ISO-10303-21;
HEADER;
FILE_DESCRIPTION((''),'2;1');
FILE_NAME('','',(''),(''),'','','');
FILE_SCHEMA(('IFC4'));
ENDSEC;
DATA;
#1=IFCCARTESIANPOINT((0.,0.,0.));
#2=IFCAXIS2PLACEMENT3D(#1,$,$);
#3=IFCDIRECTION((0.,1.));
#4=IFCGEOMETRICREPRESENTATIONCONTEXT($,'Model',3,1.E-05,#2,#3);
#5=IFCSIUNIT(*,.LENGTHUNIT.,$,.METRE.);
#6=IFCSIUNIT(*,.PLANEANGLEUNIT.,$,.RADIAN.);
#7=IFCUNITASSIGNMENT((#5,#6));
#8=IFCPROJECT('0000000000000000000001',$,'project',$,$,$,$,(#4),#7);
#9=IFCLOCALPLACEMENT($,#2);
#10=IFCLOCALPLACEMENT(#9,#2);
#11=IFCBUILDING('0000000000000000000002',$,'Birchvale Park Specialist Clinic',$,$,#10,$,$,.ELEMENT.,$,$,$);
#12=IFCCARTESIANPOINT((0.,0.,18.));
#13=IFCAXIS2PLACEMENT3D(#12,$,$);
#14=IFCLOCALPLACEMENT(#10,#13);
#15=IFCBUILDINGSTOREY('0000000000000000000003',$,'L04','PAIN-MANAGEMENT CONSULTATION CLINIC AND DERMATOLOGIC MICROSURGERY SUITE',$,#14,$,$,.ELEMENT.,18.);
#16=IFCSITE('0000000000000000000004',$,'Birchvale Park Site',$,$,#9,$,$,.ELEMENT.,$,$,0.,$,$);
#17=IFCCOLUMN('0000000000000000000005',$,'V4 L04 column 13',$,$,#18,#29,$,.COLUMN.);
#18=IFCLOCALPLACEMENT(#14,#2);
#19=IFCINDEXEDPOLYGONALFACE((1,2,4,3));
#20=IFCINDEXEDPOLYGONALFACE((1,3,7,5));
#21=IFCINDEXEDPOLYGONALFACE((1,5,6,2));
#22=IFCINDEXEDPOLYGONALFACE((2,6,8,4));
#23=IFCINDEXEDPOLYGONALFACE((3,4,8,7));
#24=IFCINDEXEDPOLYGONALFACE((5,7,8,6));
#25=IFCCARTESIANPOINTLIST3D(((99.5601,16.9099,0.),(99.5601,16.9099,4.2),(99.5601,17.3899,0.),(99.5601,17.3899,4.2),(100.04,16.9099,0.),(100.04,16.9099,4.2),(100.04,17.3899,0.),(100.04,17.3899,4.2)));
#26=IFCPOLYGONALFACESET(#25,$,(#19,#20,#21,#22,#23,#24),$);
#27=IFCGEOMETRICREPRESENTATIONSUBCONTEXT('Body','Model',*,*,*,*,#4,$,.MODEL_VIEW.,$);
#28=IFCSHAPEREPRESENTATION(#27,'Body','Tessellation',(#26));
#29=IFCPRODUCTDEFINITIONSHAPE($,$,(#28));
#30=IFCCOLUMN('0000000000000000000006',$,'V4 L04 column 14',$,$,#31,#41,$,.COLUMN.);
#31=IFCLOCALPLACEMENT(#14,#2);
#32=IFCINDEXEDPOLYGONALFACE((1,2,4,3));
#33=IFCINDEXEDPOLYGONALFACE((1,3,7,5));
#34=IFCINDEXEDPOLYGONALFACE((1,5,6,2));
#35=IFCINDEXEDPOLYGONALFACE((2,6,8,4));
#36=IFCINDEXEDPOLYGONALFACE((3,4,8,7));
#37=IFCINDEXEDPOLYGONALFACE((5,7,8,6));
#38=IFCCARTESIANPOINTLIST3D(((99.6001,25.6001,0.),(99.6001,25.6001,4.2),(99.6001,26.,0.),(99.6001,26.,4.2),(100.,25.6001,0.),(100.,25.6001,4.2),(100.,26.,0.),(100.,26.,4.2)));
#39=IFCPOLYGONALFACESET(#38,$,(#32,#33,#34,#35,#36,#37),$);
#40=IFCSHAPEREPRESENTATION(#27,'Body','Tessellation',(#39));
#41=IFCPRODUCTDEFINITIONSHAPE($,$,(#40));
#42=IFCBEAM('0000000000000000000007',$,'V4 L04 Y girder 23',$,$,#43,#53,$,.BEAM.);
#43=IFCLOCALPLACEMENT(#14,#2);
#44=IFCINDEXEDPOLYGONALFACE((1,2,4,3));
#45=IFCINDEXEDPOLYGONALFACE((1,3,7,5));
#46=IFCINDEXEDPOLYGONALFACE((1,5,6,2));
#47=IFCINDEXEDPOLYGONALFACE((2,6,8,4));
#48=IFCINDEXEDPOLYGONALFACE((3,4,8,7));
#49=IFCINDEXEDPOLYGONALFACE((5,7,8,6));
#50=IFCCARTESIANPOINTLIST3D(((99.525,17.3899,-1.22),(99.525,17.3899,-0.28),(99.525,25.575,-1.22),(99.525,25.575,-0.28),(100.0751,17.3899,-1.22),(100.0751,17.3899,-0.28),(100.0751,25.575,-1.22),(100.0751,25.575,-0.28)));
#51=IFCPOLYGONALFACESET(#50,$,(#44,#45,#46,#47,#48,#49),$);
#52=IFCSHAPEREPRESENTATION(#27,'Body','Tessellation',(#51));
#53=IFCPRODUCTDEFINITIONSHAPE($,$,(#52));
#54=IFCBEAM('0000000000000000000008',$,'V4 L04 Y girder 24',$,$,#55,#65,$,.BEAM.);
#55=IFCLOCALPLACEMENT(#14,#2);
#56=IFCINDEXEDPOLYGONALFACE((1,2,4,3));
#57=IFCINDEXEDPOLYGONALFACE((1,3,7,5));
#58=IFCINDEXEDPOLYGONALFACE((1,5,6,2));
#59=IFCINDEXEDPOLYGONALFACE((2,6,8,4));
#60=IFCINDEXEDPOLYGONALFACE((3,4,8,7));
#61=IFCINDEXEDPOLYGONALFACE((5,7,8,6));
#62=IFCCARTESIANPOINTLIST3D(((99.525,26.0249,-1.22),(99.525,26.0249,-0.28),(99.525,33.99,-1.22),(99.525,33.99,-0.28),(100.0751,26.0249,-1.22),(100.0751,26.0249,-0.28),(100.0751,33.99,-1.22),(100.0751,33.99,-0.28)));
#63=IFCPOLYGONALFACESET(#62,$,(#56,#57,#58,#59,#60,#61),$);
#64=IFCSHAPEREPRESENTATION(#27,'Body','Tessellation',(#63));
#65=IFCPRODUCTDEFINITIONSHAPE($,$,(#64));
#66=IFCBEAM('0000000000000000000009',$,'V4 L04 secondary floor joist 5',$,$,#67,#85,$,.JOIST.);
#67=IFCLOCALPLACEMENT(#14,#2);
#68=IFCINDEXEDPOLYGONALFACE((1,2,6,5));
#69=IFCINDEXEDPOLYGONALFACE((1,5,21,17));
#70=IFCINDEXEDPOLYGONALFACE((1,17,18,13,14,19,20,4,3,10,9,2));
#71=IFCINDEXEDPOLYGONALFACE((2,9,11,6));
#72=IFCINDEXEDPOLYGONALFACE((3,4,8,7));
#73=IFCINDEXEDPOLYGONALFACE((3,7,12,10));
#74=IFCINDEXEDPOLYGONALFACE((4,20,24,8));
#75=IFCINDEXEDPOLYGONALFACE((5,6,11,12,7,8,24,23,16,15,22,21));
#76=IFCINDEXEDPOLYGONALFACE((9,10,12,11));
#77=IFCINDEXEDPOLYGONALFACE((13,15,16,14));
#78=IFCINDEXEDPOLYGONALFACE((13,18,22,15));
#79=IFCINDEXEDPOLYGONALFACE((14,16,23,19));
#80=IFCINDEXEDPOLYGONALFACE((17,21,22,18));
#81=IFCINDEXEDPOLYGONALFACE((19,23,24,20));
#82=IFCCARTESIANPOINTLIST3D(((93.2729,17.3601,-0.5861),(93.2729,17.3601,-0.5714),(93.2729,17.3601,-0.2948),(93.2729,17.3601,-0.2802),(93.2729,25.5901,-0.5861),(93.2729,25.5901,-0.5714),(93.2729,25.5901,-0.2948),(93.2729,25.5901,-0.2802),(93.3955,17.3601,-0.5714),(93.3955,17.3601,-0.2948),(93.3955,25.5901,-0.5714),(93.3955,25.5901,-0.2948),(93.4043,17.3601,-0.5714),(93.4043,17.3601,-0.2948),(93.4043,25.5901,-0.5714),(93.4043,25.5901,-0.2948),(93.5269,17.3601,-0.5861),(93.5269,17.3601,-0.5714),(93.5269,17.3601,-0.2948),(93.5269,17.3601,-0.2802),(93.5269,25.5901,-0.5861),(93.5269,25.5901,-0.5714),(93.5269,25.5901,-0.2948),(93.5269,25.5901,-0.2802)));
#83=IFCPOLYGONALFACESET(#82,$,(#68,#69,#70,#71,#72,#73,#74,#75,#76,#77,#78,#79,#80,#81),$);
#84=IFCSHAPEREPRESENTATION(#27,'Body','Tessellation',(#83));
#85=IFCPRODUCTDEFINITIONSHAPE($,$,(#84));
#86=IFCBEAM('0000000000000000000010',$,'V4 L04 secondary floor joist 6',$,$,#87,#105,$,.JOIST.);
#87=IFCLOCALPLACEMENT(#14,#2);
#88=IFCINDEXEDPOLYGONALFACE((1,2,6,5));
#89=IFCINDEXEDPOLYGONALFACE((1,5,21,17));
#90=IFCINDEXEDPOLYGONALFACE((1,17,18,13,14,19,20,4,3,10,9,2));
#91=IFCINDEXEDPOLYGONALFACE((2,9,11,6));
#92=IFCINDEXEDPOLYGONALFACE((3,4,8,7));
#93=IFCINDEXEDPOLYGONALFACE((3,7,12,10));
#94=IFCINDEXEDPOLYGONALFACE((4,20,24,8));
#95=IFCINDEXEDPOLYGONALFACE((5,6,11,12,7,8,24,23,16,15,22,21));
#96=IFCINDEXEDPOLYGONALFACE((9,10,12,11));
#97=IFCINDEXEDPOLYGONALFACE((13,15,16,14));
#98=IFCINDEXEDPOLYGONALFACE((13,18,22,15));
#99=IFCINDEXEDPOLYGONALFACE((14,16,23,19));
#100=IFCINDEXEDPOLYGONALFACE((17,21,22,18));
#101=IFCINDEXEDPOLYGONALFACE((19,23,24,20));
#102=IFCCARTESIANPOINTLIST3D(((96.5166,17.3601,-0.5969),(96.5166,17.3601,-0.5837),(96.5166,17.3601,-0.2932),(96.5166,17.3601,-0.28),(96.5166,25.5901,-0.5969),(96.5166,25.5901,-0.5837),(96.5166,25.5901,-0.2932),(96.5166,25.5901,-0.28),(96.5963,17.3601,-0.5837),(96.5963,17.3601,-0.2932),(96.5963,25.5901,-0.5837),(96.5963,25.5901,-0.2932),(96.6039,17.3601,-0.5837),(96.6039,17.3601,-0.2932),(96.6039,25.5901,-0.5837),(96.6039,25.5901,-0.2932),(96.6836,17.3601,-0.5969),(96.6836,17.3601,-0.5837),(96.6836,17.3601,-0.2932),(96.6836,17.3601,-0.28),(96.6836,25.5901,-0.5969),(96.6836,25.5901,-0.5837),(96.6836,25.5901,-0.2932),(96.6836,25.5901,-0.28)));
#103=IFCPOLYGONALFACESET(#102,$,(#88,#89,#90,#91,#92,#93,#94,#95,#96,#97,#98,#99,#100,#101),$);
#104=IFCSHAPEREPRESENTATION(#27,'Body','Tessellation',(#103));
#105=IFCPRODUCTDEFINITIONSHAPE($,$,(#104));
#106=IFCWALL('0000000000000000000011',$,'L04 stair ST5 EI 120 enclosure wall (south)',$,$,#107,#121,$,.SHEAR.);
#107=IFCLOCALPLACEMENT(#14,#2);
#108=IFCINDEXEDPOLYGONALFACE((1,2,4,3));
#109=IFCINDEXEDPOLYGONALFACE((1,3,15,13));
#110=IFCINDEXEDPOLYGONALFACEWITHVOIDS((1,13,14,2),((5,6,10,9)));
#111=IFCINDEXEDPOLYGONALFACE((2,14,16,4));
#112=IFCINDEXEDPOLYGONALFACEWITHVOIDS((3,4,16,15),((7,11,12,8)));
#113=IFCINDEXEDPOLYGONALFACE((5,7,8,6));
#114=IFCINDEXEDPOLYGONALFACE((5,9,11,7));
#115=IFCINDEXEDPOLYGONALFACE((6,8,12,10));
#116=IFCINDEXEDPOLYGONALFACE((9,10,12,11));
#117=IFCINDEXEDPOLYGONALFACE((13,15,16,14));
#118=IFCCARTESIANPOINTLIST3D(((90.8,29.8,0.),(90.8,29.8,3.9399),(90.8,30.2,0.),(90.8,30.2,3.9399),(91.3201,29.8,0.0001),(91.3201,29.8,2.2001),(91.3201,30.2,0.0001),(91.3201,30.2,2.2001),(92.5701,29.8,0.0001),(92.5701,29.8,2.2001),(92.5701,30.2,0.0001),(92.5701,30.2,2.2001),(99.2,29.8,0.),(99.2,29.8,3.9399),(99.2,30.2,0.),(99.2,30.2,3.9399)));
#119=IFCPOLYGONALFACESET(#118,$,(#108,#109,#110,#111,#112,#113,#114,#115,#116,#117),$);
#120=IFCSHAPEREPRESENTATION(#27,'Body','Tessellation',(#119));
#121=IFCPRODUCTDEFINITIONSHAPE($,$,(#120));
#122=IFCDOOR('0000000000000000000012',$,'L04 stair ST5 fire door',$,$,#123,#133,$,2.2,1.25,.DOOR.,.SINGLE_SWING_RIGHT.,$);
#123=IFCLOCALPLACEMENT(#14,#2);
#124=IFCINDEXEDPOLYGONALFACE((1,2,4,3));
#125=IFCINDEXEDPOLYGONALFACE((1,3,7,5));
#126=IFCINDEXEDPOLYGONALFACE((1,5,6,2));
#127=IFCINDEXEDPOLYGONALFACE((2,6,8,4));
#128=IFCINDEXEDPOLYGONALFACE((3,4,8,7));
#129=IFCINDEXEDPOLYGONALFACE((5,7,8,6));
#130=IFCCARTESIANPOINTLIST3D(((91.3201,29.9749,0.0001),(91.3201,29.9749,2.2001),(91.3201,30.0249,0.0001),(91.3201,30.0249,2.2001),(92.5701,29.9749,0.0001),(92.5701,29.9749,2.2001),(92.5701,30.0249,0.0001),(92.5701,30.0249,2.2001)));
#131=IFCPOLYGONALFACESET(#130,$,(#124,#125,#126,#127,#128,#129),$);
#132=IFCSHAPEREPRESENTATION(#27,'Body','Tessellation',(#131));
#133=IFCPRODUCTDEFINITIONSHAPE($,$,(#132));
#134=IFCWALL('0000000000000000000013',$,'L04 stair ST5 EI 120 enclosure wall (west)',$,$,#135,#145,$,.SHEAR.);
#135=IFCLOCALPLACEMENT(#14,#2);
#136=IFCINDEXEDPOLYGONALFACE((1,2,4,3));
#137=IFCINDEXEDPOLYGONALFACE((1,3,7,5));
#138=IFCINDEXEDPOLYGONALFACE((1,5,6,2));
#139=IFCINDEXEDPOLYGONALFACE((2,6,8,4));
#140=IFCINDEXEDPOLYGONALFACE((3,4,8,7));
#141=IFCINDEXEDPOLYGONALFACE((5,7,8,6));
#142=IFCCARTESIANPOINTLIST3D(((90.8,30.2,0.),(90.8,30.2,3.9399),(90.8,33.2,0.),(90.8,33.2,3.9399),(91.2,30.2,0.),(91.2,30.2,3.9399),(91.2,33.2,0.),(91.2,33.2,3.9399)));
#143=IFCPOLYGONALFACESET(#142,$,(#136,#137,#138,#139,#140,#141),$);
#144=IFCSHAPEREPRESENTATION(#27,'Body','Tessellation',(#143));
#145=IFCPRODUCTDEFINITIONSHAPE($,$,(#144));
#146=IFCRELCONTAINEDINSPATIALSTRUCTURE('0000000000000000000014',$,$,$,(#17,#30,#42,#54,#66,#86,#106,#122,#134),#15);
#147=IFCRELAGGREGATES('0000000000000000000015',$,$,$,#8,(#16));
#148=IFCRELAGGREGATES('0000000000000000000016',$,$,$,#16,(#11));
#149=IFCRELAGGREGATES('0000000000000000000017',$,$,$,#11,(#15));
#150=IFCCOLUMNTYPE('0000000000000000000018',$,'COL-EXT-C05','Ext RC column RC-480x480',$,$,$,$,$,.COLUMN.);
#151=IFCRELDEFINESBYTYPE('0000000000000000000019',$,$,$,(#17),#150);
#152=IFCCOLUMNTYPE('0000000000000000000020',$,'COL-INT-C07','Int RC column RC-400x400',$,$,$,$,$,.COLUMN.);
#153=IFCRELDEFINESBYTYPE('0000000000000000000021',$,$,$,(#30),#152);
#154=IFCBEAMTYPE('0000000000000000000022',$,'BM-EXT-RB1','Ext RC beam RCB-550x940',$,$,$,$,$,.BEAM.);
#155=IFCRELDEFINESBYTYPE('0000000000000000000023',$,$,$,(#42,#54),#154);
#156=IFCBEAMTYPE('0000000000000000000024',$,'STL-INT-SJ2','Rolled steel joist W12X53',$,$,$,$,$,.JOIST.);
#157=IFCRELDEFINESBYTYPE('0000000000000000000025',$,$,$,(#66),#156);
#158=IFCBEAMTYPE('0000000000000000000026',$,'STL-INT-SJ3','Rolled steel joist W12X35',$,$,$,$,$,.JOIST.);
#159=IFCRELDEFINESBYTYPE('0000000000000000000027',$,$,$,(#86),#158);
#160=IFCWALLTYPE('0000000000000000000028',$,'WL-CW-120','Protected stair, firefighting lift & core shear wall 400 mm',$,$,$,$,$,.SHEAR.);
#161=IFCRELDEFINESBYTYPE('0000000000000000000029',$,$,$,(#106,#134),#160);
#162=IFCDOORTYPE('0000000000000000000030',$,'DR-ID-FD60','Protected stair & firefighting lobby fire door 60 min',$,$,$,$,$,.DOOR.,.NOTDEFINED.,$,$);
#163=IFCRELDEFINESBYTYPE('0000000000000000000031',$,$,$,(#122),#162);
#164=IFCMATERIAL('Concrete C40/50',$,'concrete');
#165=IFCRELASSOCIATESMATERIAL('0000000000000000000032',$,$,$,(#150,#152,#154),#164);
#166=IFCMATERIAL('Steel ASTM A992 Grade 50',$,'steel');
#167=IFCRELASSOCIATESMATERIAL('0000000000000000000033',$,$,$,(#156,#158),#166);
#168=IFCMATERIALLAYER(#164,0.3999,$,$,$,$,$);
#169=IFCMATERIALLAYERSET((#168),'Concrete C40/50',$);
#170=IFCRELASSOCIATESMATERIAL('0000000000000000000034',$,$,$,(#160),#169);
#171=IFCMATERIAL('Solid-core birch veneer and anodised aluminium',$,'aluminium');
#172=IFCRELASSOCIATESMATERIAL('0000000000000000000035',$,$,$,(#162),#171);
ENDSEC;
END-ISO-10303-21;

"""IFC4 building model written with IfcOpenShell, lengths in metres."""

from ifc_helpers import new_model, si_unit, direction, frame, frame_2d, origin, origin_2d, place, context, subcontext, project, spatial, rectangle, i_section, extrude, material, layer, layer_set, material_profile, profile_set, type_object, element, fill, save


model = new_model("IFC4")

# Units and contexts
model_context = context("Model", 3, precision=1e-05, world=origin(), true_north=direction((0.0, 1.0)))
body_context = subcontext(model_context, "Body", "Model", "MODEL_VIEW")
ifc_project = project(units=[si_unit("LENGTHUNIT", "METRE"), si_unit("PLANEANGLEUNIT", "RADIAN")], contexts=[model_context])

# Site, building, storey
site_placement = place(None, origin())
site = spatial("IfcSite", under=ifc_project, at=site_placement, Name="Birchvale Park Site", CompositionType="ELEMENT", RefElevation=0.0)
building_placement = place(site_placement, origin())
building = spatial("IfcBuilding", under=site, at=building_placement, Name="Birchvale Park Specialist Clinic", CompositionType="ELEMENT")
storey_placement = place(building_placement, frame((0.0, 0.0, 18.0)))
storey = spatial("IfcBuildingStorey", under=building, at=storey_placement, Name="L04", Description="PAIN-MANAGEMENT CONSULTATION CLINIC AND DERMATOLOGIC MICROSURGERY SUITE", CompositionType="ELEMENT", Elevation=18.0)

# Columns
ifc_material_1 = material(Name="Concrete C40/50", Category="concrete")
ifc_material_profile_1 = material_profile(ifc_material_1, rectangle(XDim=0.48, YDim=0.48, at=origin_2d()), Name="RC-480x480")
ifc_profile_set_1 = profile_set([ifc_material_profile_1], Name="Concrete C40/50")
column_type_1 = type_object("IfcColumnType", Name="COL-EXT-C05", Description="Ext RC column RC-480x480", PredefinedType="COLUMN", material=ifc_profile_set_1)
column_1_placement = place(storey_placement, frame((99.8, 17.1499, 0.0), z_axis=(0.0, 0.0, 1.0), x_axis=(1.0, 0.0, 0.0)))
element("IfcColumn", 1, at=column_1_placement, inside=storey, type_object=column_type_1, Name="V4 L04 column 13", PredefinedType="COLUMN", context=body_context, shape_type="SweptSolid", body=[
    extrude(rectangle(XDim=0.48, YDim=0.48, at=origin_2d()), origin(), (0.0, 0.0, 1.0), 4.2),
])
ifc_material_profile_2 = material_profile(ifc_material_1, rectangle(XDim=0.3999, YDim=0.3999, at=origin_2d()), Name="RC-400x400")
ifc_profile_set_2 = profile_set([ifc_material_profile_2], Name="Concrete C40/50")
column_type_2 = type_object("IfcColumnType", Name="COL-INT-C07", Description="Int RC column RC-400x400", PredefinedType="COLUMN", material=ifc_profile_set_2)
column_2_placement = place(storey_placement, frame((99.8, 25.8, 0.0), z_axis=(0.0, 0.0, 1.0), x_axis=(1.0, 0.0, 0.0)))
element("IfcColumn", 2, at=column_2_placement, inside=storey, type_object=column_type_2, Name="V4 L04 column 14", PredefinedType="COLUMN", context=body_context, shape_type="SweptSolid", body=[
    extrude(rectangle(XDim=0.3999, YDim=0.3999, at=origin_2d()), origin(), (0.0, 0.0, 1.0), 4.2),
])

# Beams
ifc_material_profile_3 = material_profile(ifc_material_1, rectangle(XDim=0.55, YDim=0.9399, at=origin_2d()), Name="RCB-550x940")
ifc_profile_set_3 = profile_set([ifc_material_profile_3], Name="Concrete C40/50")
beam_type_1 = type_object("IfcBeamType", Name="BM-EXT-RB1", Description="Ext RC beam RCB-550x940", PredefinedType="BEAM", material=ifc_profile_set_3)
beam_1_placement = place(storey_placement, frame((99.8, 17.3899, -0.75), z_axis=(0.0, 1.0, 0.0), x_axis=(-1.0, 0.0, 0.0)))
element("IfcBeam", 3, at=beam_1_placement, inside=storey, type_object=beam_type_1, Name="V4 L04 Y girder 23", PredefinedType="BEAM", context=body_context, shape_type="SweptSolid", body=[
    extrude(rectangle(XDim=0.55, YDim=0.9399, at=origin_2d()), origin(), (0.0, 0.0, 1.0), 8.1851),
])
beam_2_placement = place(storey_placement, frame((99.8, 26.0249, -0.75), z_axis=(0.0, 1.0, 0.0), x_axis=(-1.0, 0.0, 0.0)))
element("IfcBeam", 4, at=beam_2_placement, inside=storey, type_object=beam_type_1, Name="V4 L04 Y girder 24", PredefinedType="BEAM", context=body_context, shape_type="SweptSolid", body=[
    extrude(rectangle(XDim=0.55, YDim=0.9399, at=origin_2d()), origin(), (0.0, 0.0, 1.0), 7.9651),
])
ifc_material_2 = material(Name="Steel ASTM A992 Grade 50", Category="steel")
ifc_material_profile_4 = material_profile(ifc_material_2, i_section(OverallWidth=0.2539, OverallDepth=0.3059, WebThickness=0.0088, FlangeThickness=0.0146, at=origin_2d()), Name="W12X53")
ifc_profile_set_4 = profile_set([ifc_material_profile_4], Name="Steel ASTM A992 Grade 50")
beam_type_2 = type_object("IfcBeamType", Name="STL-INT-SJ2", Description="Rolled steel joist W12X53", PredefinedType="JOIST", material=ifc_profile_set_4)
beam_3_placement = place(storey_placement, frame((93.3999, 17.3601, -0.4331), z_axis=(0.0, 1.0, 0.0), x_axis=(-1.0, 0.0, 0.0)))
element("IfcBeam", 5, at=beam_3_placement, inside=storey, type_object=beam_type_2, Name="V4 L04 secondary floor joist 5", PredefinedType="JOIST", context=body_context, shape_type="SweptSolid", body=[
    extrude(i_section(OverallWidth=0.2539, OverallDepth=0.3059, WebThickness=0.0088, FlangeThickness=0.0146, at=origin_2d()), origin(), (0.0, 0.0, 1.0), 8.23),
])
ifc_material_profile_5 = material_profile(ifc_material_2, i_section(OverallWidth=0.167, OverallDepth=0.3169, WebThickness=0.0076, FlangeThickness=0.0132, at=origin_2d()), Name="W12X35")
ifc_profile_set_5 = profile_set([ifc_material_profile_5], Name="Steel ASTM A992 Grade 50")
beam_type_3 = type_object("IfcBeamType", Name="STL-INT-SJ3", Description="Rolled steel joist W12X35", PredefinedType="JOIST", material=ifc_profile_set_5)
beam_4_placement = place(storey_placement, frame((96.6001, 17.3601, -0.4385), z_axis=(0.0, 1.0, 0.0), x_axis=(-1.0, 0.0, 0.0)))
element("IfcBeam", 6, at=beam_4_placement, inside=storey, type_object=beam_type_3, Name="V4 L04 secondary floor joist 6", PredefinedType="JOIST", context=body_context, shape_type="SweptSolid", body=[
    extrude(i_section(OverallWidth=0.167, OverallDepth=0.3169, WebThickness=0.0076, FlangeThickness=0.0132, at=origin_2d()), origin(), (0.0, 0.0, 1.0), 8.23),
])

# Wall, opening, door
ifc_layer_1 = layer(ifc_material_1, 0.3999)
ifc_layer_set_1 = layer_set([ifc_layer_1], Name="Concrete C40/50")
wall_type_1 = type_object("IfcWallType", Name="WL-CW-120", Description="Protected stair, firefighting lift & core shear wall 400 mm", PredefinedType="SHEAR", material=ifc_layer_set_1)
wall_1_placement = place(storey_placement, frame((90.8, 30.0, 0.0), z_axis=(0.0, 0.0, 1.0), x_axis=(1.0, 0.0, 0.0)))
wall_1 = element("IfcWall", 7, at=wall_1_placement, inside=storey, type_object=wall_type_1, Name="L04 stair ST5 EI 120 enclosure wall (south)", PredefinedType="SHEAR", context=body_context, shape_type="SweptSolid", body=[
    extrude(rectangle(XDim=8.3999, YDim=0.3999, at=frame_2d((4.2, 0.0))), origin(), (0.0, 0.0, 1.0), 3.9399),
])
opening_1_placement = place(wall_1_placement, frame((0.52, 0.0, 0.0)))
opening_1 = element("IfcOpeningElement", 8, at=opening_1_placement, cuts=wall_1, PredefinedType="OPENING", context=body_context, shape_type="SweptSolid", body=[
    extrude(rectangle(XDim=1.25, YDim=2.2, at=frame_2d((0.625, 1.1001))), frame((0.0, 0.21, 0.0), z_axis=(0.0, -1.0, 0.0), x_axis=(1.0, 0.0, 0.0)), (0.0, 0.0, 1.0), 0.4199),
])
ifc_material_3 = material(Name="Solid-core birch veneer and anodised aluminium", Category="aluminium")
door_type_1 = type_object("IfcDoorType", Name="DR-ID-FD60", Description="Protected stair & firefighting lobby fire door 60 min", OperationType="NOTDEFINED", PredefinedType="DOOR", material=ifc_material_3)
door_1_placement = place(opening_1_placement, origin())
door_1 = element("IfcDoor", 9, at=door_1_placement, inside=storey, type_object=door_type_1, Name="L04 stair ST5 fire door", OperationType="SINGLE_SWING_RIGHT", OverallHeight=2.2, OverallWidth=1.25, PredefinedType="DOOR", context=body_context, shape_type="SweptSolid", body=[
    extrude(rectangle(XDim=1.25, YDim=2.2, at=frame_2d((0.625, 1.1001))), frame((0.0, 0.0249, 0.0), z_axis=(0.0, -1.0, 0.0), x_axis=(1.0, 0.0, 0.0)), (0.0, 0.0, 1.0), 0.05),
])
fill(opening_1, door_1)

# Wall
wall_2_placement = place(storey_placement, frame((91.0, 30.2, 0.0), z_axis=(0.0, 0.0, 1.0), x_axis=(0.0, 1.0, 0.0)))
element("IfcWall", 10, at=wall_2_placement, inside=storey, type_object=wall_type_1, Name="L04 stair ST5 EI 120 enclosure wall (west)", PredefinedType="SHEAR", context=body_context, shape_type="SweptSolid", body=[
    extrude(rectangle(XDim=3.0, YDim=0.3999, at=frame_2d((1.5, 0.0))), origin(), (0.0, 0.0, 1.0), 3.9399),
])

save(model, "model.ifc")
